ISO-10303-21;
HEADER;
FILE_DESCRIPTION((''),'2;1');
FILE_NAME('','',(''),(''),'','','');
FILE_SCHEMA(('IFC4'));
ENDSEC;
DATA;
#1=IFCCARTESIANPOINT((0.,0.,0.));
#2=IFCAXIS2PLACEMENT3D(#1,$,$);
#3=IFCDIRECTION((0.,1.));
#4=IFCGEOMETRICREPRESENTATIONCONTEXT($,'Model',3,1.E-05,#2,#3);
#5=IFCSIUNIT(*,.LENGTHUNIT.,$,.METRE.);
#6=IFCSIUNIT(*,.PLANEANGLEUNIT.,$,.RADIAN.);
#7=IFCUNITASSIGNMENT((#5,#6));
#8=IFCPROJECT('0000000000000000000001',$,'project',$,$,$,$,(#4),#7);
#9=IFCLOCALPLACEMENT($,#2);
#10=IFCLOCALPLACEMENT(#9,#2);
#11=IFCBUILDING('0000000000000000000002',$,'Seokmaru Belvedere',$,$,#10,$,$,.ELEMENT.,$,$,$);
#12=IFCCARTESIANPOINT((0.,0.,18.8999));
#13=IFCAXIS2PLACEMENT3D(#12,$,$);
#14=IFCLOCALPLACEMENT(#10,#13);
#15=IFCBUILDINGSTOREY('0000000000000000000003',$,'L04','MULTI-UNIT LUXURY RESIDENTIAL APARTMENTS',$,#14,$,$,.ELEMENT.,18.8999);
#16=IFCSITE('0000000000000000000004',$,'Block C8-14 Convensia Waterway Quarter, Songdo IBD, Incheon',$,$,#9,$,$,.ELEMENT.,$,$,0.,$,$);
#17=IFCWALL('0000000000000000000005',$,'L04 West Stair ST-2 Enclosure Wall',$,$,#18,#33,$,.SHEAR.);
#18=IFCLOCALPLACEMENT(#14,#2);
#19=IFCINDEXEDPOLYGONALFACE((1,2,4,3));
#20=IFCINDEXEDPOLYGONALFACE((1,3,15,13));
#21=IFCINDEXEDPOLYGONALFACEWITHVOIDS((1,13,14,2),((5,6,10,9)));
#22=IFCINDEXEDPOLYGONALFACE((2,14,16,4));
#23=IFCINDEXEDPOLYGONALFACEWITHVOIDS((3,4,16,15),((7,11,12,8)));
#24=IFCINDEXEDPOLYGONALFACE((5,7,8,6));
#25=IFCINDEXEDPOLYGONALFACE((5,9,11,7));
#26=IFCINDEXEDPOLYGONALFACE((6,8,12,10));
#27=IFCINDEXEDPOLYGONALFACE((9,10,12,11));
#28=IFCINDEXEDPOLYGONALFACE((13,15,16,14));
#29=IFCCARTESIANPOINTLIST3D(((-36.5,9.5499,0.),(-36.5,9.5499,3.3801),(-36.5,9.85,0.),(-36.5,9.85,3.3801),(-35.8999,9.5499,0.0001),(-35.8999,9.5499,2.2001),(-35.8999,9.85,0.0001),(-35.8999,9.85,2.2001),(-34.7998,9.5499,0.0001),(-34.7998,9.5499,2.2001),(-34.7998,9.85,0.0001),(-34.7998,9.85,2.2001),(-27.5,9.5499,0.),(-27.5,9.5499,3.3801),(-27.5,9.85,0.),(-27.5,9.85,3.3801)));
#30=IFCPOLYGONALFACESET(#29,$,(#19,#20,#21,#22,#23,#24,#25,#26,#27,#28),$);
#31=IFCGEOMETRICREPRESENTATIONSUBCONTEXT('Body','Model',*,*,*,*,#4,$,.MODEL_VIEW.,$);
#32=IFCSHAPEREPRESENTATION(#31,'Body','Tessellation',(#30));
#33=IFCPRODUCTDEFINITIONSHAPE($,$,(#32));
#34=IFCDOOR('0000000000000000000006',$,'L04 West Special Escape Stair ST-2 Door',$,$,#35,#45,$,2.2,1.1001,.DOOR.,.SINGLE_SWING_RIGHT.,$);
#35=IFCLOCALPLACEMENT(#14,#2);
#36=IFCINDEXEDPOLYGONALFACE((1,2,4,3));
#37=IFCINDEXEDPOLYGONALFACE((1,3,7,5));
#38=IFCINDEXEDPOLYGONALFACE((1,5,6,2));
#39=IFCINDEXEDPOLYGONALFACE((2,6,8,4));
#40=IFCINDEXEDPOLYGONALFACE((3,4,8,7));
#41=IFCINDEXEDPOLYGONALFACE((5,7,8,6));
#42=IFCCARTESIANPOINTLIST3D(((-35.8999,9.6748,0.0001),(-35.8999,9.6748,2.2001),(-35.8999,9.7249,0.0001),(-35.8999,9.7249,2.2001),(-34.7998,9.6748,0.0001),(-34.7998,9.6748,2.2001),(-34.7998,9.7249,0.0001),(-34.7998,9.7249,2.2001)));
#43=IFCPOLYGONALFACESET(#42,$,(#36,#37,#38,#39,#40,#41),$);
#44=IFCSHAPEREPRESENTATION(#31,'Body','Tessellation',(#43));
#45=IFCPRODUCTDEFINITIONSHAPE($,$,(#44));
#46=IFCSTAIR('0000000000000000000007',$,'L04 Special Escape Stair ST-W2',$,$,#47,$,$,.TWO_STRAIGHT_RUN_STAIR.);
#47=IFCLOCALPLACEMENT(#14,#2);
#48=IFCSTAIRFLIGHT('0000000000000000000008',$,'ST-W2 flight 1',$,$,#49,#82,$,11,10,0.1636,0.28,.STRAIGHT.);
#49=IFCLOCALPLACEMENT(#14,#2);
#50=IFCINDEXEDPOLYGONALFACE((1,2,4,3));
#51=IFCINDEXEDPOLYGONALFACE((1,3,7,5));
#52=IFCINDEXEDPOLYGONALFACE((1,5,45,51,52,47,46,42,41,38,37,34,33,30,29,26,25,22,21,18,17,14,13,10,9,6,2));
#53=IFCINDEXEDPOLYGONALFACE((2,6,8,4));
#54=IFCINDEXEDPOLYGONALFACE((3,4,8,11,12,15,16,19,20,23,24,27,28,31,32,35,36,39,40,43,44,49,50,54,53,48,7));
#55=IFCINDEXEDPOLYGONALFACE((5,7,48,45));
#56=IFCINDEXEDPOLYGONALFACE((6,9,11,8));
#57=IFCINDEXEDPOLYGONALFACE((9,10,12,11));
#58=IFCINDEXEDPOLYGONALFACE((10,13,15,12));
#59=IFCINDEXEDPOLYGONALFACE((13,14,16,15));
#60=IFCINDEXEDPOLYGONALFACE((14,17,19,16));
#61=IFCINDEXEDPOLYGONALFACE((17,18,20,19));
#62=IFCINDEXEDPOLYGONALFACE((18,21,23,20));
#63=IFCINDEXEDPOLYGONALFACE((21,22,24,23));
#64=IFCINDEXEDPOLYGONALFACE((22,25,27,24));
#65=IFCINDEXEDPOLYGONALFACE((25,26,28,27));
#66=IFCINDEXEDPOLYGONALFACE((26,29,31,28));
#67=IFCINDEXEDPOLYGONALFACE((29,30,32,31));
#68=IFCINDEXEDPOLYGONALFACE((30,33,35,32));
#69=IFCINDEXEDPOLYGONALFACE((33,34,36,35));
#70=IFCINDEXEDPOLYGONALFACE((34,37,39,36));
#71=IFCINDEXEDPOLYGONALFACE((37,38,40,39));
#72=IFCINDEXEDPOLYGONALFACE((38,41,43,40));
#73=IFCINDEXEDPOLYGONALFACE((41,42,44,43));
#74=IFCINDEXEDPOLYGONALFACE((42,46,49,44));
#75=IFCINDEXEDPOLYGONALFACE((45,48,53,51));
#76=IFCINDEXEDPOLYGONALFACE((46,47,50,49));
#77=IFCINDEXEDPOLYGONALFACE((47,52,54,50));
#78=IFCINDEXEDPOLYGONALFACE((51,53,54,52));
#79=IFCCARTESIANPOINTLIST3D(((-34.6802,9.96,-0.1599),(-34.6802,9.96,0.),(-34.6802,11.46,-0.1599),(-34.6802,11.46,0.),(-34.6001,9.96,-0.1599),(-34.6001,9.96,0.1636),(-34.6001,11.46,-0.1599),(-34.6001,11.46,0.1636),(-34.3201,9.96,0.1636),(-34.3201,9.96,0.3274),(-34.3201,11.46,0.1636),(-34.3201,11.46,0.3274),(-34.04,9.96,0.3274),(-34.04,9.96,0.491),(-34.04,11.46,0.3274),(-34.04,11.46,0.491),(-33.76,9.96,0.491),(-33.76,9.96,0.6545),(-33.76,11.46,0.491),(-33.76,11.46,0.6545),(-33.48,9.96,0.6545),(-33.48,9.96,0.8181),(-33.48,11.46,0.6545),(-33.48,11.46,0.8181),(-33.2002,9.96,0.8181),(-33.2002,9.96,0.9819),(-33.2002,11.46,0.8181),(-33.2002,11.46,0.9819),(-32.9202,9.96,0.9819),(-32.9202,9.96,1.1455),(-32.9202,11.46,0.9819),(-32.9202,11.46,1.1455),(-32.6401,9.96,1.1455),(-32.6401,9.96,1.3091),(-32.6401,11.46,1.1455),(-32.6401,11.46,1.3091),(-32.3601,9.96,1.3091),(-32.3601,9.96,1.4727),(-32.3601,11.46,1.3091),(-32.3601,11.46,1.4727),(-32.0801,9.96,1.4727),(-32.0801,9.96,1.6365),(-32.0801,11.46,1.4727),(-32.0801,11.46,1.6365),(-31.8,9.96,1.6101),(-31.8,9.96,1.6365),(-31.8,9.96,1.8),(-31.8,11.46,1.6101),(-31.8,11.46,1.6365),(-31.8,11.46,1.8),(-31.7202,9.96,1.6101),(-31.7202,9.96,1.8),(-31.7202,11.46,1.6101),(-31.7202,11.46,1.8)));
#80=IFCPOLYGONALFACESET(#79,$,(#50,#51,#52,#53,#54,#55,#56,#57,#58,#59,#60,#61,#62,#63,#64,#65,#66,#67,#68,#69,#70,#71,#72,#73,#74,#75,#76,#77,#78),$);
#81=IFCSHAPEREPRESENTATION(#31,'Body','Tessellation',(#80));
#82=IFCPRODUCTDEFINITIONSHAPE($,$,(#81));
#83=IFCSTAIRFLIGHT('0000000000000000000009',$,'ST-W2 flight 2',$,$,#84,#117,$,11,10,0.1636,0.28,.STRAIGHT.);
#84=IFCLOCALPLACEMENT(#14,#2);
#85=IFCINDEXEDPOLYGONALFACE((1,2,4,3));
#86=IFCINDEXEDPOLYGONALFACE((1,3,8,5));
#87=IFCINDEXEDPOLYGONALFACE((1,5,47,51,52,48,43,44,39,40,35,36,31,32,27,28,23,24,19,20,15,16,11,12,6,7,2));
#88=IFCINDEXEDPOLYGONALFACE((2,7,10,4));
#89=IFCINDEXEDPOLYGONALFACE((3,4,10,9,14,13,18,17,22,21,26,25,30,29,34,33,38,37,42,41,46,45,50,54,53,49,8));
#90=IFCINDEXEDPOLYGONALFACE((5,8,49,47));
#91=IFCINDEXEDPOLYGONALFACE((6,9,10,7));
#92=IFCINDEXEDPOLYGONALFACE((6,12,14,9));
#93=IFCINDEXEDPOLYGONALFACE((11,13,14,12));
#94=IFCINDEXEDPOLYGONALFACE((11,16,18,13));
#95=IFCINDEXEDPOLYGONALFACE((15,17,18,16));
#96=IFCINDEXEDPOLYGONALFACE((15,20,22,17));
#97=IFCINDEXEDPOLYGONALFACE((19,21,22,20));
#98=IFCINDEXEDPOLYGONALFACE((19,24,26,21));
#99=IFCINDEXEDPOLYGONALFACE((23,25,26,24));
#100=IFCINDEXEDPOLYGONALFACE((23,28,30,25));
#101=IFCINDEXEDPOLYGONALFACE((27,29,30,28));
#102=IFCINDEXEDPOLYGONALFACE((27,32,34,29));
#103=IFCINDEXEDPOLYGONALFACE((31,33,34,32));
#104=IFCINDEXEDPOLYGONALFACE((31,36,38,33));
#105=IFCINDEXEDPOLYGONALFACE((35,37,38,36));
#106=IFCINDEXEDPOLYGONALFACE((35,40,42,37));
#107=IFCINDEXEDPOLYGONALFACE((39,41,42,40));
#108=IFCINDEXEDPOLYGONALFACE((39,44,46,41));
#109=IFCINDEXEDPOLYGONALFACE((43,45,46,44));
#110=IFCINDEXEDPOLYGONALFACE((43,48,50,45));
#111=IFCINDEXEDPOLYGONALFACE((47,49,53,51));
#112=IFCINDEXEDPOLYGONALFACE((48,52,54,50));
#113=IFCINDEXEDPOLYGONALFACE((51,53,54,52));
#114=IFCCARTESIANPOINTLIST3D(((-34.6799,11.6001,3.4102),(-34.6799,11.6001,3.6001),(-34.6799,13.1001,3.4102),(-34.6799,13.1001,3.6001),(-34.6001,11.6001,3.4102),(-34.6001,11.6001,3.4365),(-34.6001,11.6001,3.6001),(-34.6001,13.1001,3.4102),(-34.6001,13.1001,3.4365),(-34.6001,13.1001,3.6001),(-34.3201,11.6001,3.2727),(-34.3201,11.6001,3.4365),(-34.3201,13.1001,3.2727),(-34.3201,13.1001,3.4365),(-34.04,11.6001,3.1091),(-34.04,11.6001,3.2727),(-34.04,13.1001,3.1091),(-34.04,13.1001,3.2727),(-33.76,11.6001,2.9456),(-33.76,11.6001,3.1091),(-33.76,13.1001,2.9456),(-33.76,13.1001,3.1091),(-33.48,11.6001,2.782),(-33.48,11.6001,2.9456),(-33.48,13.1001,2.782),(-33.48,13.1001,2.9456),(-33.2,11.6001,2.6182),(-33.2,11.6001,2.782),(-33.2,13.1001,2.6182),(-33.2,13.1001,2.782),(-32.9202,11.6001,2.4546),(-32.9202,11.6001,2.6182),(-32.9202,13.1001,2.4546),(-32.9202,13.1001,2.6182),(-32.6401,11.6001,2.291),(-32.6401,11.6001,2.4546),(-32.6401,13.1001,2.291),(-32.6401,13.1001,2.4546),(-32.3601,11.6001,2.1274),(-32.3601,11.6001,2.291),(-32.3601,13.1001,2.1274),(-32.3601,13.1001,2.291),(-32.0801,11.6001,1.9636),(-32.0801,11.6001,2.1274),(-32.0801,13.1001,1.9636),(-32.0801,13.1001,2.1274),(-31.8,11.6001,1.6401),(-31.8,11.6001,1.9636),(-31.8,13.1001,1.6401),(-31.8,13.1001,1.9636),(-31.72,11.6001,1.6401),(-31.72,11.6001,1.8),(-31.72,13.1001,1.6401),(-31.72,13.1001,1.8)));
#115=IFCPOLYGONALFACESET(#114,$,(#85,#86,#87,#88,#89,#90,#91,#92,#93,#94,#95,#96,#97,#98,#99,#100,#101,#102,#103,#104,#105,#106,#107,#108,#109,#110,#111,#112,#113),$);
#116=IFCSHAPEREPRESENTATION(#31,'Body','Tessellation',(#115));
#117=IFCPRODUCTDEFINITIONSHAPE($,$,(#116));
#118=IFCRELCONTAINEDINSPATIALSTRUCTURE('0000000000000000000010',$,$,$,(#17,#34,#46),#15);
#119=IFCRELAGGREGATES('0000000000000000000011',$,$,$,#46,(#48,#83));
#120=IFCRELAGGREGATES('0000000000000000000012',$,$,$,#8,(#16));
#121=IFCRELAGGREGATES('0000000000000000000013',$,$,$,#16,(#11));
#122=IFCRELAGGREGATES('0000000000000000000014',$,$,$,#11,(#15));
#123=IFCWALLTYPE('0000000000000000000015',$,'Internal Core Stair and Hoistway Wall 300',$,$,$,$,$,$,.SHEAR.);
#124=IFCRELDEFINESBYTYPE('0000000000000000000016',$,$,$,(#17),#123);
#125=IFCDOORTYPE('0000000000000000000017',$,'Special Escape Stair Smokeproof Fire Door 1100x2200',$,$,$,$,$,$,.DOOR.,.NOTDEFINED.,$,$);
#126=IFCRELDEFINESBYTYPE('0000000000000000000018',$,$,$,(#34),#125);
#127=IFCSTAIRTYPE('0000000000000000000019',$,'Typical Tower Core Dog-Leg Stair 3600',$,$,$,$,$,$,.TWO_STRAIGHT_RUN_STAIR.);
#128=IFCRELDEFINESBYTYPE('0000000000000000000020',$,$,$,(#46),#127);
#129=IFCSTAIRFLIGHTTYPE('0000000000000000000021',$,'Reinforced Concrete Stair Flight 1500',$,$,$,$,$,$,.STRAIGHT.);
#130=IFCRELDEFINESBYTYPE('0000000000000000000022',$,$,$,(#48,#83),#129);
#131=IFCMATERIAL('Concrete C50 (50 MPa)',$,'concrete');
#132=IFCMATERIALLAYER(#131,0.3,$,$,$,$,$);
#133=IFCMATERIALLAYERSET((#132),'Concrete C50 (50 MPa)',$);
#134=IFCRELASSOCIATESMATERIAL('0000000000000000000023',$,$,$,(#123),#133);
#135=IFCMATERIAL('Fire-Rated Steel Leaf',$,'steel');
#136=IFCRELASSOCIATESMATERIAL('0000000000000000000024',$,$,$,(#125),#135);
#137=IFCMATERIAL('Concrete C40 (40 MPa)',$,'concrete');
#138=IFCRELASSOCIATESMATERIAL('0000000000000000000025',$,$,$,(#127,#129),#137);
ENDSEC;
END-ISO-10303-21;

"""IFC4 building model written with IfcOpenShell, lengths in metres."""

from ifc_helpers import new_model, si_unit, direction, frame, frame_2d, origin, place, context, subcontext, project, spatial, polyline, rectangle, outline, extrude, source, transform, mapped, material, layer, layer_set, type_object, type_shapes, element, fill, aggregate, save


model = new_model("IFC4")

# Units and contexts
model_context = context("Model", 3, precision=1e-05, world=origin(), true_north=direction((0.0, 1.0)))
body_context = subcontext(model_context, "Body", "Model", "MODEL_VIEW")
ifc_project = project(units=[si_unit("LENGTHUNIT", "METRE"), si_unit("PLANEANGLEUNIT", "RADIAN")], contexts=[model_context])

# Site, building, storey
site_placement = place(None, origin())
site = spatial("IfcSite", under=ifc_project, at=site_placement, Name="Block C8-14 Convensia Waterway Quarter, Songdo IBD, Incheon", CompositionType="ELEMENT", RefElevation=0.0)
building_placement = place(site_placement, origin())
building = spatial("IfcBuilding", under=site, at=building_placement, Name="Seokmaru Belvedere", CompositionType="ELEMENT")
storey_placement = place(building_placement, frame((0.0, 0.0, 18.8999)))
storey = spatial("IfcBuildingStorey", under=building, at=storey_placement, Name="L04", Description="MULTI-UNIT LUXURY RESIDENTIAL APARTMENTS", CompositionType="ELEMENT", Elevation=18.8999)

# Shared definitions
ifc_material_1 = material(Name="Fire-Rated Steel Leaf", Category="steel")

# Wall, opening, door
ifc_material_2 = material(Name="Concrete C50 (50 MPa)", Category="concrete")
ifc_layer_1 = layer(ifc_material_2, 0.3)
ifc_layer_set_1 = layer_set([ifc_layer_1], Name="Concrete C50 (50 MPa)")
wall_type_1 = type_object("IfcWallType", Name="Internal Core Stair and Hoistway Wall 300", PredefinedType="SHEAR", material=ifc_layer_set_1)
wall_1_placement = place(storey_placement, frame((-36.5, 9.7, 0.0), z_axis=(0.0, 0.0, 1.0), x_axis=(1.0, 0.0, 0.0)))
wall_1 = element("IfcWall", 1, at=wall_1_placement, inside=storey, type_object=wall_type_1, Name="L04 West Stair ST-2 Enclosure Wall", PredefinedType="SHEAR", context=body_context, shape_type="SweptSolid", body=[
    extrude(rectangle(XDim=9.0, YDim=0.3, at=frame_2d((4.5, 0.0))), origin(), (0.0, 0.0, 1.0), 3.3801),
])
opening_1_placement = place(wall_1_placement, frame((0.6001, 0.0, 0.0)))
opening_1 = element("IfcOpeningElement", 2, at=opening_1_placement, cuts=wall_1, PredefinedType="OPENING", context=body_context, shape_type="SweptSolid", body=[
    extrude(rectangle(XDim=1.1001, YDim=2.2, at=frame_2d((0.55, 1.1001))), frame((0.0, 0.1602, 0.0), z_axis=(0.0, -1.0, 0.0), x_axis=(1.0, 0.0, 0.0)), (0.0, 0.0, 1.0), 0.3201),
])
door_type_1 = type_object("IfcDoorType", Name="Special Escape Stair Smokeproof Fire Door 1100x2200", OperationType="NOTDEFINED", PredefinedType="DOOR", material=ifc_material_1)
shared_shape_1 = source(origin(), body_context, "Body", "SweptSolid", [
    extrude(rectangle(XDim=1.1001, YDim=2.2, at=frame_2d((0.55, 1.1001))), frame((0.0, 0.0249, 0.0), z_axis=(0.0, -1.0, 0.0), x_axis=(1.0, 0.0, 0.0)), (0.0, 0.0, 1.0), 0.05),
])
type_shapes(door_type_1, [shared_shape_1])
door_1_placement = place(opening_1_placement, origin())
door_1 = element("IfcDoor", 3, at=door_1_placement, inside=storey, type_object=door_type_1, Name="L04 West Special Escape Stair ST-2 Door", OperationType="SINGLE_SWING_RIGHT", OverallHeight=2.2, OverallWidth=1.1001, PredefinedType="DOOR", context=body_context, shape_type="MappedRepresentation", body=[
    mapped(shared_shape_1, transform((0.0, 0.0, 0.0), scale=1.0)),
])
fill(opening_1, door_1)

# Stair, stair flights
ifc_material_3 = material(Name="Concrete C40 (40 MPa)", Category="concrete")
stair_type = type_object("IfcStairType", Name="Typical Tower Core Dog-Leg Stair 3600", PredefinedType="TWO_STRAIGHT_RUN_STAIR", material=ifc_material_3)
stair_placement = place(storey_placement, origin())
stair = element("IfcStair", 4, at=stair_placement, inside=storey, type_object=stair_type, Name="L04 Special Escape Stair ST-W2", PredefinedType="TWO_STRAIGHT_RUN_STAIR")
stair_flight_type = type_object("IfcStairFlightType", Name="Reinforced Concrete Stair Flight 1500", PredefinedType="STRAIGHT", material=ifc_material_3)
stair_flight_1_placement = place(storey_placement, frame((-34.6001, 10.71, 0.0), z_axis=(0.0, 0.0, 1.0), x_axis=(1.0, 0.0, 0.0)))
stair_flight_1 = element("IfcStairFlight", 5, at=stair_flight_1_placement, type_object=stair_flight_type, Name="ST-W2 flight 1", NumberOfRisers=11, NumberOfTreads=10, PredefinedType="STRAIGHT", RiserHeight=0.1636, TreadLength=0.28, context=body_context, shape_type="SweptSolid", body=[
    extrude(outline(polyline([(-0.0801, 0.0), (0.0, 0.1636), (0.28, 0.1636), (0.28, 0.3274), (0.5601, 0.3274), (0.5601, 0.491), (0.8401, 0.491), (0.8401, 0.6545), (1.1201, 0.6545), (1.1201, 0.8181), (1.3999, 0.8181), (1.3999, 0.9819), (1.6799, 0.9819), (1.6799, 1.1455), (1.96, 1.1455), (1.96, 1.3091), (2.24, 1.3091), (2.24, 1.4727), (2.52, 1.4727), (2.52, 1.6365), (2.8, 1.6365), (2.8, 1.8), (2.8799, 1.8), (2.8799, 1.6101), (2.8, 1.6101), (0.0, -0.1599), (-0.0801, -0.1599), (-0.0801, 0.0)])), frame((0.0, 0.75, 0.0), z_axis=(0.0, -1.0, 0.0), x_axis=(1.0, 0.0, 0.0)), (0.0, 0.0, 1.0), 1.5),
])
stair_flight_2_placement = place(storey_placement, frame((-31.8, 12.3501, 1.8), z_axis=(0.0, 0.0, 1.0), x_axis=(-1.0, 0.0, 0.0)))
stair_flight_2 = element("IfcStairFlight", 6, at=stair_flight_2_placement, type_object=stair_flight_type, Name="ST-W2 flight 2", NumberOfRisers=11, NumberOfTreads=10, PredefinedType="STRAIGHT", RiserHeight=0.1636, TreadLength=0.28, context=body_context, shape_type="SweptSolid", body=[
    extrude(outline(polyline([(-0.0801, 0.0), (0.0, 0.1636), (0.28, 0.1636), (0.28, 0.3274), (0.5601, 0.3274), (0.5601, 0.491), (0.8401, 0.491), (0.8401, 0.6545), (1.1201, 0.6545), (1.1201, 0.8181), (1.3999, 0.8181), (1.3999, 0.9819), (1.6799, 0.9819), (1.6799, 1.1455), (1.96, 1.1455), (1.96, 1.3091), (2.24, 1.3091), (2.24, 1.4727), (2.52, 1.4727), (2.52, 1.6365), (2.8, 1.6365), (2.8, 1.8), (2.8799, 1.8), (2.8799, 1.6101), (2.8, 1.6101), (0.0, -0.1599), (-0.0801, -0.1599), (-0.0801, 0.0)])), frame((0.0, 0.75, 0.0), z_axis=(0.0, -1.0, 0.0), x_axis=(1.0, 0.0, 0.0)), (0.0, 0.0, 1.0), 1.5),
])
aggregate(stair, [stair_flight_1, stair_flight_2])

save(model, "model.ifc")
